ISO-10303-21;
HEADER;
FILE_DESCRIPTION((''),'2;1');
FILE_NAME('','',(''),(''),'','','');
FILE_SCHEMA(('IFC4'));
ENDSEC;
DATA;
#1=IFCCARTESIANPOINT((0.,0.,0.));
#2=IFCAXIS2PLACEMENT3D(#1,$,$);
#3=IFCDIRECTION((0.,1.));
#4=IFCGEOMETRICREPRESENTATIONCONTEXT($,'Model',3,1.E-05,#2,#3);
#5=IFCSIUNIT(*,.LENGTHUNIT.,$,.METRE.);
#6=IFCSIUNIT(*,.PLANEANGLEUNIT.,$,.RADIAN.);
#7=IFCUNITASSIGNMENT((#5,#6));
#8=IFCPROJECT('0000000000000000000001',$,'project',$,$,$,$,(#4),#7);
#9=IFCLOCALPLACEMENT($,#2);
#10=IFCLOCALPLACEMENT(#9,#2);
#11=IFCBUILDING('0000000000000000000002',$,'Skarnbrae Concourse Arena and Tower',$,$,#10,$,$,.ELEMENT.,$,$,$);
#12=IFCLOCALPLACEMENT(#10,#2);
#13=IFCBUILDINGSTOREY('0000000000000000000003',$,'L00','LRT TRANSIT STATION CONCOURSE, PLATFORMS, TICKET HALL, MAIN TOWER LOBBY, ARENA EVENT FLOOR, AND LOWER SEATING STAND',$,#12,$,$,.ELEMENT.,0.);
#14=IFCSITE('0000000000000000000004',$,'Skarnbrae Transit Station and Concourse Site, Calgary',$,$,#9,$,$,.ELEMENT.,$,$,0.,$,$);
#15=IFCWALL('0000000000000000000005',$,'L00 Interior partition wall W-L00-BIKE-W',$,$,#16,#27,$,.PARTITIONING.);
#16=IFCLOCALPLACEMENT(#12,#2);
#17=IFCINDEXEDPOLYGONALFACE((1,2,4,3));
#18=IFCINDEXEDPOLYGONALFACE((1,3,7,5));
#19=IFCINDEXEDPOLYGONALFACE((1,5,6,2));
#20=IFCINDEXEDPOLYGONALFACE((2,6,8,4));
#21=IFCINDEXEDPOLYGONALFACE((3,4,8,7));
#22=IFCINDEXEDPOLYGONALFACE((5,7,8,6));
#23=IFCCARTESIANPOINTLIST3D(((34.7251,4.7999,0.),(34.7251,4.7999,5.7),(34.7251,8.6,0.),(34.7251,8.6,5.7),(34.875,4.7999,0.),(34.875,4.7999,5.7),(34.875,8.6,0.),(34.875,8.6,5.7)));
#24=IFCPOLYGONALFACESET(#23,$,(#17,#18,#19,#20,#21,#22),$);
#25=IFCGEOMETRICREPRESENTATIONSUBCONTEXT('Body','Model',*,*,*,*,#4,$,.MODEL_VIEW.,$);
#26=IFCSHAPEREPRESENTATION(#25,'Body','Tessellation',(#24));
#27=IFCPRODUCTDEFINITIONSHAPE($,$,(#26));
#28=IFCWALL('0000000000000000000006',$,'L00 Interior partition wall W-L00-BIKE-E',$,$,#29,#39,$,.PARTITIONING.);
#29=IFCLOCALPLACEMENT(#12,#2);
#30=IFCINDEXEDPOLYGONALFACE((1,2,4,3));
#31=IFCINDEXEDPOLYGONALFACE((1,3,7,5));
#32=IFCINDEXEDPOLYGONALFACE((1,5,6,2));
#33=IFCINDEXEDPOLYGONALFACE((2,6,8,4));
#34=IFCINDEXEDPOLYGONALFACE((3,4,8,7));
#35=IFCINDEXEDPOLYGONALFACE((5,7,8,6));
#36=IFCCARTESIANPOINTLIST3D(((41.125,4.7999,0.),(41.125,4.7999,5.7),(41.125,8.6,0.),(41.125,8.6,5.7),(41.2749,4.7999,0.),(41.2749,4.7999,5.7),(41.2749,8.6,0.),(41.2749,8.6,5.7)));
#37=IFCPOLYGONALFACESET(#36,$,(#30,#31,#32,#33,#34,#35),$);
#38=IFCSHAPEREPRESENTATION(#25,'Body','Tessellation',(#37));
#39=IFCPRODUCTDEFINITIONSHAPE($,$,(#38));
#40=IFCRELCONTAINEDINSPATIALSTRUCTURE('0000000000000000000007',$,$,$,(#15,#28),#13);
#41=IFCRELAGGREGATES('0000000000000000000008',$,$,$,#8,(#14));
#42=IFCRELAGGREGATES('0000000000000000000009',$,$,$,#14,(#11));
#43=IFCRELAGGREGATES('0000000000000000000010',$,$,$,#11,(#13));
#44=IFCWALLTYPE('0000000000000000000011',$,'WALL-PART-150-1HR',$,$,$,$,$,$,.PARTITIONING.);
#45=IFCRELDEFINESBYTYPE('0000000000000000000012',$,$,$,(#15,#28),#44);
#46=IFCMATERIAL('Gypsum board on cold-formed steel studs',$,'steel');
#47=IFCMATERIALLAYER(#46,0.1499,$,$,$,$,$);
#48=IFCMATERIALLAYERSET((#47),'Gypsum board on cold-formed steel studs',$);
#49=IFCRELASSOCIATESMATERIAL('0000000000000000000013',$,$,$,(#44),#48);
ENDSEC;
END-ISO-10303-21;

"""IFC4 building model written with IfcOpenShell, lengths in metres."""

from ifc_helpers import new_model, si_unit, direction, frame, frame_2d, origin, place, context, subcontext, project, spatial, rectangle, extrude, source, transform, mapped, material, layer, layer_set, type_object, element, save


model = new_model("IFC4")

# Units and contexts
model_context = context("Model", 3, precision=1e-05, world=origin(), true_north=direction((0.0, 1.0)))
body_context = subcontext(model_context, "Body", "Model", "MODEL_VIEW")
ifc_project = project(units=[si_unit("LENGTHUNIT", "METRE"), si_unit("PLANEANGLEUNIT", "RADIAN")], contexts=[model_context])

# Site, building, storey
site_placement = place(None, origin())
site = spatial("IfcSite", under=ifc_project, at=site_placement, Name="Skarnbrae Transit Station and Concourse Site, Calgary", CompositionType="ELEMENT", RefElevation=0.0)
building_placement = place(site_placement, origin())
building = spatial("IfcBuilding", under=site, at=building_placement, Name="Skarnbrae Concourse Arena and Tower", CompositionType="ELEMENT")
storey_placement = place(building_placement, origin())
storey = spatial("IfcBuildingStorey", under=building, at=storey_placement, Name="L00", Description="LRT TRANSIT STATION CONCOURSE, PLATFORMS, TICKET HALL, MAIN TOWER LOBBY, ARENA EVENT FLOOR, AND LOWER SEATING STAND", CompositionType="ELEMENT", Elevation=0.0)

# Shared definitions
ifc_material_1 = material(Name="Gypsum board on cold-formed steel studs", Category="steel")

# Shared definitions
ifc_layer_1 = layer(ifc_material_1, 0.1499)
ifc_layer_set_1 = layer_set([ifc_layer_1], Name="Gypsum board on cold-formed steel studs")
wall_type_1 = type_object("IfcWallType", Name="WALL-PART-150-1HR", PredefinedType="PARTITIONING", material=ifc_layer_set_1)

# Walls
shared_shape_1 = source(origin(), body_context, "Body", "SweptSolid", [
    extrude(rectangle(XDim=3.8, YDim=0.1499, at=frame_2d((1.8999, 0.0))), origin(), (0.0, 0.0, 1.0), 5.7),
])
for number, where, z_axis, x_axis, name in (
    (1, (34.8, 4.8, 0.0), (0.0, 0.0, 1.0), (0.0, 1.0, 0.0), "L00 Interior partition wall W-L00-BIKE-W"),
    (2, (41.2, 4.8, 0.0), (0.0, 0.0, 1.0), (0.0, 1.0, 0.0), "L00 Interior partition wall W-L00-BIKE-E"),
):
    element("IfcWall", number, at=place(storey_placement, frame(where, z_axis=z_axis, x_axis=x_axis)), inside=storey, type_object=wall_type_1, Name=name, PredefinedType="PARTITIONING", context=body_context, shape_type="MappedRepresentation", body=[
        mapped(shared_shape_1, transform((0.0, 0.0, 0.0))),
    ])

save(model, "model.ifc")
